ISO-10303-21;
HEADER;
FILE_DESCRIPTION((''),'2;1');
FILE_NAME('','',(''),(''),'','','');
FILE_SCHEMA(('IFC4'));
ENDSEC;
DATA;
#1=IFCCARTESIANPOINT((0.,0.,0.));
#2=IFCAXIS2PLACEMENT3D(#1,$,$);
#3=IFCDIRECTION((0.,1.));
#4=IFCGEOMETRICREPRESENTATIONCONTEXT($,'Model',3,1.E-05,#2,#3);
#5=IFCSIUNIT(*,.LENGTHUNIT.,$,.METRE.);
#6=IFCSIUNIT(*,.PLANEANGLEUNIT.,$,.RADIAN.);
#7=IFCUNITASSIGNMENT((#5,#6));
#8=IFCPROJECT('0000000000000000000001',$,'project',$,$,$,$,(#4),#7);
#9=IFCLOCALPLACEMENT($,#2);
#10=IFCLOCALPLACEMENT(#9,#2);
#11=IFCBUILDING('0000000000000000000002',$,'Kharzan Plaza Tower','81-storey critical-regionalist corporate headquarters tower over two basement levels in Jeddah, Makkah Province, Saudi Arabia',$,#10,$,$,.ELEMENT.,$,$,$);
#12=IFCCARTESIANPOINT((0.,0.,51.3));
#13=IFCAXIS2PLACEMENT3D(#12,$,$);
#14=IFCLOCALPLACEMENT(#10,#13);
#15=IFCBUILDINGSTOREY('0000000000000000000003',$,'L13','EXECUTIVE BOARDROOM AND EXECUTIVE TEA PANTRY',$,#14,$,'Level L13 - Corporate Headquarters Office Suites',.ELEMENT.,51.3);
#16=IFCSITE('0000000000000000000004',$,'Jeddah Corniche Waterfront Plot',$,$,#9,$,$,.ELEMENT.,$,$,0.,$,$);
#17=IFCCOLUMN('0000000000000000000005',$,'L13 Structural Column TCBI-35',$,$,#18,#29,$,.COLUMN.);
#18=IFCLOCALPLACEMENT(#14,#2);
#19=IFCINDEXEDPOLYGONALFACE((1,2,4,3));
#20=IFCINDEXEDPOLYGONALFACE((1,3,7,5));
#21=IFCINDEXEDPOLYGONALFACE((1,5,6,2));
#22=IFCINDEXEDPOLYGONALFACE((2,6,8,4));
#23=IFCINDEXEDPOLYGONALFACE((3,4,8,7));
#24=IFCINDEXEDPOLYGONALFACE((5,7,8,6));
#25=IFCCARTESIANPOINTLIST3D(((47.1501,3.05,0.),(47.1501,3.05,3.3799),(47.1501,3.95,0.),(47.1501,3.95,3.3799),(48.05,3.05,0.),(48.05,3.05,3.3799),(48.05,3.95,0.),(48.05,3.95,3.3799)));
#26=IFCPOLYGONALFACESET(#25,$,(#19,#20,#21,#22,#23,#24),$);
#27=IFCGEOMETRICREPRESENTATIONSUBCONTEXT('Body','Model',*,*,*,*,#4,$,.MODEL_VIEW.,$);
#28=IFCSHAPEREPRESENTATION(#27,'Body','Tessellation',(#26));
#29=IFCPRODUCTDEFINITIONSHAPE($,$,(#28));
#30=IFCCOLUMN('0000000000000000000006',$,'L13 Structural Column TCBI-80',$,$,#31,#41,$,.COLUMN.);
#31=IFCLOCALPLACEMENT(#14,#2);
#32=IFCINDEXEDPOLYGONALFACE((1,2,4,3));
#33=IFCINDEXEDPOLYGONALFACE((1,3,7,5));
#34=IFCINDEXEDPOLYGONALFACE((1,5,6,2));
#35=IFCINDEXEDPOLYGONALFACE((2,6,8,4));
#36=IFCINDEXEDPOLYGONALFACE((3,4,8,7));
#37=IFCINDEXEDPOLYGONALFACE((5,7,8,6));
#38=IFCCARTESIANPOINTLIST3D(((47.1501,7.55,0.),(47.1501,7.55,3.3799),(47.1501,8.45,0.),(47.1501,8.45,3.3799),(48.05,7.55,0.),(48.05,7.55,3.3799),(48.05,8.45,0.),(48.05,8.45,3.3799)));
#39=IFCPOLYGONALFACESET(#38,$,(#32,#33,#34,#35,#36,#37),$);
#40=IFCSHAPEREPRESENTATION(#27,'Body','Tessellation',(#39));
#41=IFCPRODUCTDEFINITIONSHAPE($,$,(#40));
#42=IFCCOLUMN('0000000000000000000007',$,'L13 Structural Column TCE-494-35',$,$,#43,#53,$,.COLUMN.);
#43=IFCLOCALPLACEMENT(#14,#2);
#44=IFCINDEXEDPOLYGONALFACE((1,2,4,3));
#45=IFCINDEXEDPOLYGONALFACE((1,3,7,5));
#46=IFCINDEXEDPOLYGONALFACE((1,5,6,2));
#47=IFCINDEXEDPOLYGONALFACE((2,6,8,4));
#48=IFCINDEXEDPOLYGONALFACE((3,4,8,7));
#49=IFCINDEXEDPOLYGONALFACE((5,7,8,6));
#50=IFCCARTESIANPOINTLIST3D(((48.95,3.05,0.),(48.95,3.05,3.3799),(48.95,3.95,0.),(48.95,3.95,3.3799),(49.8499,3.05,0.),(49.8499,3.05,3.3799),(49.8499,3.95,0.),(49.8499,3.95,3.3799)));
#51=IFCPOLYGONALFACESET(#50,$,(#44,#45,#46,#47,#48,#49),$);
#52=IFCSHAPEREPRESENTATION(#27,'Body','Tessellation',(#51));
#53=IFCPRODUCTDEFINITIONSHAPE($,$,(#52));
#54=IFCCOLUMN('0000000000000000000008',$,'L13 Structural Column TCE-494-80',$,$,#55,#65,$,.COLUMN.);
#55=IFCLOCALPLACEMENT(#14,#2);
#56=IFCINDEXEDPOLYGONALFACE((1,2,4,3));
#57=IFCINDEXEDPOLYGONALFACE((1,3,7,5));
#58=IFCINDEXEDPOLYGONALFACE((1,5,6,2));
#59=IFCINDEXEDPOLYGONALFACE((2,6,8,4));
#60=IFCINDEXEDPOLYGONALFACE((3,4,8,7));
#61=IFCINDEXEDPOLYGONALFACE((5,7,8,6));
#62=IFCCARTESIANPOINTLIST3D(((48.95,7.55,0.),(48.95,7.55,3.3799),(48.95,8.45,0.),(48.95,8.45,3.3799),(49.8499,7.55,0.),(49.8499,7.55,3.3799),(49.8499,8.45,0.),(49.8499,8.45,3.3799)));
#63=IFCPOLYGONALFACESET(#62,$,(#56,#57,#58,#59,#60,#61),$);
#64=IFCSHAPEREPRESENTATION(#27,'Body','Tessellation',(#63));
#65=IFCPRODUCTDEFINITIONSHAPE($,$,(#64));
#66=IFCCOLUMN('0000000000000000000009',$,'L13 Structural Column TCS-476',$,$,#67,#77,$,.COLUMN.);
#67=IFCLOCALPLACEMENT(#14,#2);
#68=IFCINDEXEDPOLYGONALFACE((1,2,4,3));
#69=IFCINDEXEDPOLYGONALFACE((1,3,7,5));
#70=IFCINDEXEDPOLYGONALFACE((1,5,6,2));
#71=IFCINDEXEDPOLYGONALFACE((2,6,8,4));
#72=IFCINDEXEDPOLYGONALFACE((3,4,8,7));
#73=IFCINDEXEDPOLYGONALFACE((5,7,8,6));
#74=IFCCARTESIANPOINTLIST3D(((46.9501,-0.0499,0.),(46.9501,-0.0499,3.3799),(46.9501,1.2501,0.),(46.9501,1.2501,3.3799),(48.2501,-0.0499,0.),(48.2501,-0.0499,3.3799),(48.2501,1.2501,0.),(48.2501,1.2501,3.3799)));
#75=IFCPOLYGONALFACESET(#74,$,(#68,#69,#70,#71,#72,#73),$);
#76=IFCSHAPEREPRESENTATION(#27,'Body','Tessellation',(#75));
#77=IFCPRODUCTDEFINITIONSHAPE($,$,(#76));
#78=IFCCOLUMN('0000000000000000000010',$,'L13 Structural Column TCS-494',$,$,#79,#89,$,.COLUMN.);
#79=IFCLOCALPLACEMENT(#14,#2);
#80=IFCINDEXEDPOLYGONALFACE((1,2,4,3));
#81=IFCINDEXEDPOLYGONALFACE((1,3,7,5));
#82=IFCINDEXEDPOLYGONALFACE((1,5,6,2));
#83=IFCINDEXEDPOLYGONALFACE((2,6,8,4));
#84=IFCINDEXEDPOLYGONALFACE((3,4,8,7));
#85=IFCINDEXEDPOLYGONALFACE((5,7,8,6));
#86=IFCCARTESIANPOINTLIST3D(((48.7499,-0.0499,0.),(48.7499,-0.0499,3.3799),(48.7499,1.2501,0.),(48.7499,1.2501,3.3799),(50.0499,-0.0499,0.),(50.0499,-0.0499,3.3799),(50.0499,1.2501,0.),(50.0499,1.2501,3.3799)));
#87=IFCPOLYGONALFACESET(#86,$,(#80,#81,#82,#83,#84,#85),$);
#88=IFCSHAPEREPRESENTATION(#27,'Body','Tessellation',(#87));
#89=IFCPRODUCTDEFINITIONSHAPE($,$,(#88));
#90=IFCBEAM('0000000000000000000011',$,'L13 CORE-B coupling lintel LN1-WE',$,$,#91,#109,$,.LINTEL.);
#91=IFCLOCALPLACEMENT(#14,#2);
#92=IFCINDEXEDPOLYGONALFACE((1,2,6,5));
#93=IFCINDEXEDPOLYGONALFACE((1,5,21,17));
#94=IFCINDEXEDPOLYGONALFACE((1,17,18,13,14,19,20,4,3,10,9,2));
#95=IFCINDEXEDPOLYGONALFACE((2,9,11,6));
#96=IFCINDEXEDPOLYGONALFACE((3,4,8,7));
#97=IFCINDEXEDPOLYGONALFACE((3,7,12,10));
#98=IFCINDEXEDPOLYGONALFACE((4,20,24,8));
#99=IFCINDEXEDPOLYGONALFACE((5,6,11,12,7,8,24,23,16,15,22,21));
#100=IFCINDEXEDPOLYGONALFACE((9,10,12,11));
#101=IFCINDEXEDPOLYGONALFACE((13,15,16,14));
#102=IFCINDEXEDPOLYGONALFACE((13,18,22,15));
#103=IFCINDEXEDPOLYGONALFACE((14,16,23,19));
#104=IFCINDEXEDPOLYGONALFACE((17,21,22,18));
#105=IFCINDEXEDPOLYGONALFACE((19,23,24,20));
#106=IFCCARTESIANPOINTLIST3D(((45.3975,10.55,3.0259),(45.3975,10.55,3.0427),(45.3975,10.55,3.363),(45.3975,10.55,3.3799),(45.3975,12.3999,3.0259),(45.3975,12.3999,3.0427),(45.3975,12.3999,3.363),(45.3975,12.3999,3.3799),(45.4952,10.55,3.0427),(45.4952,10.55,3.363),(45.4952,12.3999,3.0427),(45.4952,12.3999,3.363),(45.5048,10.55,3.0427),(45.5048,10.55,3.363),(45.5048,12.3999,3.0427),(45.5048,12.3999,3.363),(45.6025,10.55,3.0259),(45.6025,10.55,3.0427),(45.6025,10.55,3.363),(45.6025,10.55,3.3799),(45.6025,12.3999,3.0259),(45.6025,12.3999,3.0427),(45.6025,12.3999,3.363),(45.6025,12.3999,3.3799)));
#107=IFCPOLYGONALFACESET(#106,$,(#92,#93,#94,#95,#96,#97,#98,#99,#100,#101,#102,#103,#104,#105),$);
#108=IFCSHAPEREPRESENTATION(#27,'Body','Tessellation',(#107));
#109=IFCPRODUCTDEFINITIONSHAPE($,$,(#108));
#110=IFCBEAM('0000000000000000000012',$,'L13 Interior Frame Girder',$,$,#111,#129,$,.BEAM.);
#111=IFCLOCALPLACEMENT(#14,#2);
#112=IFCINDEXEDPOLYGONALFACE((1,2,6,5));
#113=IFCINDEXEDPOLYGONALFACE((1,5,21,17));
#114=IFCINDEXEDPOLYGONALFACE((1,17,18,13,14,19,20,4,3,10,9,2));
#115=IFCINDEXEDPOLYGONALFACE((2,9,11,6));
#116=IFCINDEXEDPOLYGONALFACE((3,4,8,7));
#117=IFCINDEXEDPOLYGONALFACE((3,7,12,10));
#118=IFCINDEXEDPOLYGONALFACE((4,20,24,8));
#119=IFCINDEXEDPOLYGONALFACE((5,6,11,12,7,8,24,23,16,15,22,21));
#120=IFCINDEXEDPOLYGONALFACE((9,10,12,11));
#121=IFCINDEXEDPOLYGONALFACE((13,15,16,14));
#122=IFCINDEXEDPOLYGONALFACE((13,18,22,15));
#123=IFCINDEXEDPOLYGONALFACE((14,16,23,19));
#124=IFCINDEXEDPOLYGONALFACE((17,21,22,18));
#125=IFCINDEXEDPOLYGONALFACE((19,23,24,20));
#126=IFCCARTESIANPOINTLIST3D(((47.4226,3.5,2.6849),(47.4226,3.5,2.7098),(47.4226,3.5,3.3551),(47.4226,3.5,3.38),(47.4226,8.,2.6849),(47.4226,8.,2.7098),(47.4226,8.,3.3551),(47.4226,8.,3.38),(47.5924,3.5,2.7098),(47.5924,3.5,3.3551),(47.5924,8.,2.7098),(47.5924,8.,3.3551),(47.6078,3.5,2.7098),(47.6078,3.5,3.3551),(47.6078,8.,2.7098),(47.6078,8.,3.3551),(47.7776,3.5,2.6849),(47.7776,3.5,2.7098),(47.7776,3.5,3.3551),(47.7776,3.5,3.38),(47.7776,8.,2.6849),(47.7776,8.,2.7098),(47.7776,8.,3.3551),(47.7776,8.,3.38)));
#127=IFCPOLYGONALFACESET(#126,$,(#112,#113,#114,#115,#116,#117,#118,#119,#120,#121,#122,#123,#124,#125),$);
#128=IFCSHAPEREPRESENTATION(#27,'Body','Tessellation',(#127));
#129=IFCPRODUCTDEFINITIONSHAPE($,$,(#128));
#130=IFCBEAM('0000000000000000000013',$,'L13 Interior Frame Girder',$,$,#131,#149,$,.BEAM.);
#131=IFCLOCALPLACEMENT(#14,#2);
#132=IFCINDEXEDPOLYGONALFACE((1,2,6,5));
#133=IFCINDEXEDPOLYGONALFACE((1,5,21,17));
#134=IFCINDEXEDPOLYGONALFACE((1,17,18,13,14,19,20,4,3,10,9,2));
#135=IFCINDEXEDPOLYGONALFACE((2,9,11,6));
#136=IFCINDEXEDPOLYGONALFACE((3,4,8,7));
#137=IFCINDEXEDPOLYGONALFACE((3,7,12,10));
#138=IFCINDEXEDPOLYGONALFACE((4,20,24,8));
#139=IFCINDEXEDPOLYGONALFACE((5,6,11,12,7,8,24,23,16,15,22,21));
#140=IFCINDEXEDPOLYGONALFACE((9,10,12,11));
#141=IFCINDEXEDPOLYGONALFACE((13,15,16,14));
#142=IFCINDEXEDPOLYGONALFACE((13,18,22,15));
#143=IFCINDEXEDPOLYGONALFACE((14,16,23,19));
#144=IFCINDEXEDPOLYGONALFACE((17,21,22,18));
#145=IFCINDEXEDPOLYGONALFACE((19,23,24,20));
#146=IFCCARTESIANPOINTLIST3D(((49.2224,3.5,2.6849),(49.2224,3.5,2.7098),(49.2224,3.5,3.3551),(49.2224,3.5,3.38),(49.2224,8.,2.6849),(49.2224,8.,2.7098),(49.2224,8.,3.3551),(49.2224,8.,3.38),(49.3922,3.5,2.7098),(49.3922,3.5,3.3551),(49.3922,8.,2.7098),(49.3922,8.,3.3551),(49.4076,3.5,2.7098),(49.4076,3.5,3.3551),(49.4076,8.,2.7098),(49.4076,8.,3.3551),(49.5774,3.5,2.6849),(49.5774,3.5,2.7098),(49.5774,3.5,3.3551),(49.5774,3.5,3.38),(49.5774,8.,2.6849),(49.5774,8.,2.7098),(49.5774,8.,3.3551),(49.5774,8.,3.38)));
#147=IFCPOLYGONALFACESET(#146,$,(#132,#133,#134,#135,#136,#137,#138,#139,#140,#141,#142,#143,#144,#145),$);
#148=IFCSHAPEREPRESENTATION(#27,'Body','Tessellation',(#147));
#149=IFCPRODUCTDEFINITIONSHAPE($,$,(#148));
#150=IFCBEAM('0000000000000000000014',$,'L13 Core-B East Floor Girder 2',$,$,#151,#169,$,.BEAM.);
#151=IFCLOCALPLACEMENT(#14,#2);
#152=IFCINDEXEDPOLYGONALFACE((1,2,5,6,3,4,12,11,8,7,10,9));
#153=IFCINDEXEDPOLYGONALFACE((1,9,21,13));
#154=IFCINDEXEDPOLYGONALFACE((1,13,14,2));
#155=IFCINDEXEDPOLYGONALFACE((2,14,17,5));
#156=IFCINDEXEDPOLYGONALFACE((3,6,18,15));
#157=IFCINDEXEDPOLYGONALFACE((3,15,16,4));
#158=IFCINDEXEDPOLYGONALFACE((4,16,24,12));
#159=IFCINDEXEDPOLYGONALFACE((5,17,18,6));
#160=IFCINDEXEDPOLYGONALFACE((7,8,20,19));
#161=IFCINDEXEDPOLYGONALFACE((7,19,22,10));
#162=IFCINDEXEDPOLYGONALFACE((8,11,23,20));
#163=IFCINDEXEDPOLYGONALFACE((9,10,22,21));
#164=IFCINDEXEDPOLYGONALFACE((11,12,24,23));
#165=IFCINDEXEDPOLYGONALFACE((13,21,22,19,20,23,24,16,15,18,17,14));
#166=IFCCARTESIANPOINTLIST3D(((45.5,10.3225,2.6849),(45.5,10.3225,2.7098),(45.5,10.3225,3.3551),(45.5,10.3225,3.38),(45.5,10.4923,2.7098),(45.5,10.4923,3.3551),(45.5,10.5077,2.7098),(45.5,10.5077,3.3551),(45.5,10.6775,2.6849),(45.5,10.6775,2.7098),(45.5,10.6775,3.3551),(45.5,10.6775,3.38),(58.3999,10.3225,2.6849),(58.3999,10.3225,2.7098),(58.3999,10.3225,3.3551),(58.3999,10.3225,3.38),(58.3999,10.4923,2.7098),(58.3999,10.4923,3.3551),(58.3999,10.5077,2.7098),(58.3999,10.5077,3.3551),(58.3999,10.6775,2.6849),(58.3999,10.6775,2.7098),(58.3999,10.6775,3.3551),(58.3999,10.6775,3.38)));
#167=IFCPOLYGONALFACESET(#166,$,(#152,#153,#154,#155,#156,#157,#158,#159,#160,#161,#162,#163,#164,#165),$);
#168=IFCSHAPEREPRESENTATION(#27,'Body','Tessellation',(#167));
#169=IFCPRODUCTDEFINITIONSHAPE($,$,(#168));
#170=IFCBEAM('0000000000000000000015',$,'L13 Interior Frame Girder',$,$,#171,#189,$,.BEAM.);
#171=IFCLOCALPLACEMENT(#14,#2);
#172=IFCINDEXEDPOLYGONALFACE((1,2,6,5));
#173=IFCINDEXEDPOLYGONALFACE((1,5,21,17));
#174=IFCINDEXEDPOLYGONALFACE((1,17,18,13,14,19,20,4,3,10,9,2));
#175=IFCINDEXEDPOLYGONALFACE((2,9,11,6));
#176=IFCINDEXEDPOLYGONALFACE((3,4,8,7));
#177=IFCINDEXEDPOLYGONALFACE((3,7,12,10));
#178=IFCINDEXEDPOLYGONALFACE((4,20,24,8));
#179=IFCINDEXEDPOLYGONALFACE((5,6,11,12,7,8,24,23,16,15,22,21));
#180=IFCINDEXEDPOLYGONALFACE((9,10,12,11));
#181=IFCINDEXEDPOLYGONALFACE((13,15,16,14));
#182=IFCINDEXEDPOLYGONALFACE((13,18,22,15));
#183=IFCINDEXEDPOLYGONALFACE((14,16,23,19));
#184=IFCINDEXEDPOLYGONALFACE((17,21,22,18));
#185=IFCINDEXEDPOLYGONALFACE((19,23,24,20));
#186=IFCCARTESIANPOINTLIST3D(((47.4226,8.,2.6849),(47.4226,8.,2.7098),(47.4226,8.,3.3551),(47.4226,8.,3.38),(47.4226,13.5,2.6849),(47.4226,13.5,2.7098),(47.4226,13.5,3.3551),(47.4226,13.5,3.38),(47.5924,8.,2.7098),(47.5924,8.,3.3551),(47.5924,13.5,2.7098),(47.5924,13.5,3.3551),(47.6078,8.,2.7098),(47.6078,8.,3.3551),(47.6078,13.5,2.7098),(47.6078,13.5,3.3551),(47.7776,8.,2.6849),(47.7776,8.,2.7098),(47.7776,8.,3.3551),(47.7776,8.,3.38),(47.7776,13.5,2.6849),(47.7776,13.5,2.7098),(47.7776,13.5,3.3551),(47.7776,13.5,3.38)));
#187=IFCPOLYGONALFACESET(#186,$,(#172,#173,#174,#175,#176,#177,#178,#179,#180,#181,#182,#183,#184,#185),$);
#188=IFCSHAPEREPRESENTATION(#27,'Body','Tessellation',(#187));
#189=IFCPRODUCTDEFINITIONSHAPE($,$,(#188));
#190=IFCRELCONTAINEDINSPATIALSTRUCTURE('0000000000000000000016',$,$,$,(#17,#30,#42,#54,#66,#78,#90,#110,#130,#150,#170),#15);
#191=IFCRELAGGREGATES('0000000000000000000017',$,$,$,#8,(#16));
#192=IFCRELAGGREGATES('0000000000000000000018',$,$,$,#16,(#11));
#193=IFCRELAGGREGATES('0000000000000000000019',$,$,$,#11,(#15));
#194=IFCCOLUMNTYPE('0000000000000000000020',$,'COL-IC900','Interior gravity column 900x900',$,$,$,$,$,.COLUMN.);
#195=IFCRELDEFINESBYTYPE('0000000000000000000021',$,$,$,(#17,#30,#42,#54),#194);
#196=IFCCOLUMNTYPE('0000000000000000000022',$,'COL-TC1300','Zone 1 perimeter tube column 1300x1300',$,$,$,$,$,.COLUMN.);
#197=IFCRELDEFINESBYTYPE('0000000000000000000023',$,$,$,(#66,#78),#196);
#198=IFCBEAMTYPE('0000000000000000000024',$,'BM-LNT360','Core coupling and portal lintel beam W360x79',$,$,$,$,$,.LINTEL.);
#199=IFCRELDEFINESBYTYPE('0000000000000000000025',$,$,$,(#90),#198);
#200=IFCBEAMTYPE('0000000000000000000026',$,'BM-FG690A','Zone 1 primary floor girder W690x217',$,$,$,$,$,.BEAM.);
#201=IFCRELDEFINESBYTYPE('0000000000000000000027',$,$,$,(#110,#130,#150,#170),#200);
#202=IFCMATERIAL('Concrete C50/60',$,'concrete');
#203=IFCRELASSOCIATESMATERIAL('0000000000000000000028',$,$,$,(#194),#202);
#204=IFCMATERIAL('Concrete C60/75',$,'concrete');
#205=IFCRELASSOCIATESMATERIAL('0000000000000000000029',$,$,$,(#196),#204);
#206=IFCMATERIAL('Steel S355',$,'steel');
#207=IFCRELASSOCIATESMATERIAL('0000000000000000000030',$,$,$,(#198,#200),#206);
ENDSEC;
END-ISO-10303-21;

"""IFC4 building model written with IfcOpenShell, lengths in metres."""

from ifc_helpers import new_model, si_unit, direction, frame, origin, origin_2d, place, context, subcontext, project, spatial, rectangle, i_section, extrude, source, transform, mapped, material, material_profile, profile_set, type_object, element, save


model = new_model("IFC4")

# Units and contexts
model_context = context("Model", 3, precision=1e-05, world=origin(), true_north=direction((0.0, 1.0)))
body_context = subcontext(model_context, "Body", "Model", "MODEL_VIEW")
ifc_project = project(units=[si_unit("LENGTHUNIT", "METRE"), si_unit("PLANEANGLEUNIT", "RADIAN")], contexts=[model_context])

# Site, building, storey
site_placement = place(None, origin())
site = spatial("IfcSite", under=ifc_project, at=site_placement, Name="Jeddah Corniche Waterfront Plot", CompositionType="ELEMENT", RefElevation=0.0)
building_placement = place(site_placement, origin())
building = spatial("IfcBuilding", under=site, at=building_placement, Name="Kharzan Plaza Tower", Description="81-storey critical-regionalist corporate headquarters tower over two basement levels in Jeddah, Makkah Province, Saudi Arabia", CompositionType="ELEMENT")
storey_placement = place(building_placement, frame((0.0, 0.0, 51.3)))
storey = spatial("IfcBuildingStorey", under=building, at=storey_placement, Name="L13", Description="EXECUTIVE BOARDROOM AND EXECUTIVE TEA PANTRY", LongName="Level L13 - Corporate Headquarters Office Suites", CompositionType="ELEMENT", Elevation=51.3)

# Columns
ifc_material_1 = material(Name="Concrete C50/60", Category="concrete")
ifc_material_profile_1 = material_profile(ifc_material_1, rectangle(XDim=0.8999, YDim=0.8999, at=origin_2d()), Name="RC-IC900x900")
ifc_profile_set_1 = profile_set([ifc_material_profile_1], Name="Concrete C50/60")
column_type_1 = type_object("IfcColumnType", Name="COL-IC900", Description="Interior gravity column 900x900", PredefinedType="COLUMN", material=ifc_profile_set_1)
shared_shape_1 = source(origin(), body_context, "Body", "SweptSolid", [
    extrude(rectangle(XDim=0.8999, YDim=0.8999, at=origin_2d()), origin(), (0.0, 0.0, 1.0), 3.3799),
])
for number, where, z_axis, x_axis, name in (
    (1, (47.6001, 3.5, 0.0), (0.0, 0.0, 1.0), (1.0, 0.0, 0.0), "L13 Structural Column TCBI-35"),
    (2, (47.6001, 8.0, 0.0), (0.0, 0.0, 1.0), (1.0, 0.0, 0.0), "L13 Structural Column TCBI-80"),
    (3, (49.3999, 3.5, 0.0), (0.0, 0.0, 1.0), (1.0, 0.0, 0.0), "L13 Structural Column TCE-494-35"),
    (4, (49.3999, 8.0, 0.0), (0.0, 0.0, 1.0), (1.0, 0.0, 0.0), "L13 Structural Column TCE-494-80"),
):
    element("IfcColumn", number, at=place(storey_placement, frame(where, z_axis=z_axis, x_axis=x_axis)), inside=storey, type_object=column_type_1, Name=name, PredefinedType="COLUMN", context=body_context, shape_type="MappedRepresentation", body=[
        mapped(shared_shape_1, transform((0.0, 0.0, 0.0), x_axis=(1.0, 0.0, 0.0), y_axis=(0.0, 1.0, 0.0), z_axis=(0.0, 0.0, 1.0))),
    ])
ifc_material_2 = material(Name="Concrete C60/75", Category="concrete")
ifc_material_profile_2 = material_profile(ifc_material_2, rectangle(XDim=1.3, YDim=1.3, at=origin_2d()), Name="RC-TC1300x1300")
ifc_profile_set_2 = profile_set([ifc_material_profile_2], Name="Concrete C60/75")
column_type_2 = type_object("IfcColumnType", Name="COL-TC1300", Description="Zone 1 perimeter tube column 1300x1300", PredefinedType="COLUMN", material=ifc_profile_set_2)
shared_shape_2 = source(origin(), body_context, "Body", "SweptSolid", [
    extrude(rectangle(XDim=1.3, YDim=1.3, at=origin_2d()), origin(), (0.0, 0.0, 1.0), 3.3799),
])
for number, where, z_axis, x_axis, name in (
    (5, (47.6001, 0.6001, 0.0), (0.0, 0.0, 1.0), (1.0, 0.0, 0.0), "L13 Structural Column TCS-476"),
    (6, (49.3999, 0.6001, 0.0), (0.0, 0.0, 1.0), (1.0, 0.0, 0.0), "L13 Structural Column TCS-494"),
):
    element("IfcColumn", number, at=place(storey_placement, frame(where, z_axis=z_axis, x_axis=x_axis)), inside=storey, type_object=column_type_2, Name=name, PredefinedType="COLUMN", context=body_context, shape_type="MappedRepresentation", body=[
        mapped(shared_shape_2, transform((0.0, 0.0, 0.0), x_axis=(1.0, 0.0, 0.0), y_axis=(0.0, 1.0, 0.0), z_axis=(0.0, 0.0, 1.0))),
    ])

# Beams
ifc_material_3 = material(Name="Steel S355", Category="steel")
ifc_material_profile_3 = material_profile(ifc_material_3, i_section(OverallWidth=0.2051, OverallDepth=0.354, WebThickness=0.0095, FlangeThickness=0.0168, at=origin_2d()), Name="W360x79")
ifc_profile_set_3 = profile_set([ifc_material_profile_3], Name="Steel S355")
beam_type_1 = type_object("IfcBeamType", Name="BM-LNT360", Description="Core coupling and portal lintel beam W360x79", PredefinedType="LINTEL", material=ifc_profile_set_3)
shared_shape_3 = source(origin(), body_context, "Body", "SweptSolid", [
    extrude(i_section(OverallWidth=0.2051, OverallDepth=0.354, WebThickness=0.0095, FlangeThickness=0.0168, at=origin_2d()), origin(), (0.0, 0.0, 1.0), 1.8499),
])
beam_1_placement = place(storey_placement, frame((45.5, 10.55, 3.2029), z_axis=(0.0, 1.0, 0.0), x_axis=(-1.0, 0.0, 0.0)))
element("IfcBeam", 7, at=beam_1_placement, inside=storey, type_object=beam_type_1, Name="L13 CORE-B coupling lintel LN1-WE", PredefinedType="LINTEL", context=body_context, shape_type="MappedRepresentation", body=[
    mapped(shared_shape_3, transform((0.0, 0.0, 0.0), x_axis=(1.0, 0.0, 0.0), y_axis=(0.0, 1.0, 0.0), z_axis=(0.0, 0.0, 1.0))),
])
ifc_material_profile_4 = material_profile(ifc_material_3, i_section(OverallWidth=0.355, OverallDepth=0.6951, WebThickness=0.0154, FlangeThickness=0.0249, at=origin_2d()), Name="W690x217")
ifc_profile_set_4 = profile_set([ifc_material_profile_4], Name="Steel S355")
beam_type_2 = type_object("IfcBeamType", Name="BM-FG690A", Description="Zone 1 primary floor girder W690x217", PredefinedType="BEAM", material=ifc_profile_set_4)
shared_shape_4 = source(origin(), body_context, "Body", "SweptSolid", [
    extrude(i_section(OverallWidth=0.355, OverallDepth=0.6951, WebThickness=0.0154, FlangeThickness=0.0249, at=origin_2d()), origin(), (0.0, 0.0, 1.0), 4.5),
])
for number, where, z_axis, x_axis, name in (
    (8, (47.6001, 3.5, 3.0325), (0.0, 1.0, 0.0), (-1.0, 0.0, 0.0), "L13 Interior Frame Girder"),
    (9, (49.3999, 3.5, 3.0325), (0.0, 1.0, 0.0), (-1.0, 0.0, 0.0), "L13 Interior Frame Girder"),
):
    element("IfcBeam", number, at=place(storey_placement, frame(where, z_axis=z_axis, x_axis=x_axis)), inside=storey, type_object=beam_type_2, Name=name, PredefinedType="BEAM", context=body_context, shape_type="MappedRepresentation", body=[
        mapped(shared_shape_4, transform((0.0, 0.0, 0.0), x_axis=(1.0, 0.0, 0.0), y_axis=(0.0, 1.0, 0.0), z_axis=(0.0, 0.0, 1.0))),
    ])
shared_shape_5 = source(origin(), body_context, "Body", "SweptSolid", [
    extrude(i_section(OverallWidth=0.355, OverallDepth=0.6951, WebThickness=0.0154, FlangeThickness=0.0249, at=origin_2d()), origin(), (0.0, 0.0, 1.0), 12.8999),
])
beam_2_placement = place(storey_placement, frame((45.5, 10.5, 3.0325), z_axis=(1.0, 0.0, 0.0), x_axis=(0.0, 1.0, 0.0)))
element("IfcBeam", 10, at=beam_2_placement, inside=storey, type_object=beam_type_2, Name="L13 Core-B East Floor Girder 2", PredefinedType="BEAM", context=body_context, shape_type="MappedRepresentation", body=[
    mapped(shared_shape_5, transform((0.0, 0.0, 0.0), x_axis=(1.0, 0.0, 0.0), y_axis=(0.0, 1.0, 0.0), z_axis=(0.0, 0.0, 1.0))),
])
shared_shape_6 = source(origin(), body_context, "Body", "SweptSolid", [
    extrude(i_section(OverallWidth=0.355, OverallDepth=0.6951, WebThickness=0.0154, FlangeThickness=0.0249, at=origin_2d()), origin(), (0.0, 0.0, 1.0), 5.5),
])
for number, where, z_axis, x_axis, name in (
    (11, (47.6001, 8.0, 3.0325), (0.0, 1.0, 0.0), (-1.0, 0.0, 0.0), "L13 Interior Frame Girder"),
):
    element("IfcBeam", number, at=place(storey_placement, frame(where, z_axis=z_axis, x_axis=x_axis)), inside=storey, type_object=beam_type_2, Name=name, PredefinedType="BEAM", context=body_context, shape_type="MappedRepresentation", body=[
        mapped(shared_shape_6, transform((0.0, 0.0, 0.0), x_axis=(1.0, 0.0, 0.0), y_axis=(0.0, 1.0, 0.0), z_axis=(0.0, 0.0, 1.0))),
    ])

save(model, "model.ifc")
